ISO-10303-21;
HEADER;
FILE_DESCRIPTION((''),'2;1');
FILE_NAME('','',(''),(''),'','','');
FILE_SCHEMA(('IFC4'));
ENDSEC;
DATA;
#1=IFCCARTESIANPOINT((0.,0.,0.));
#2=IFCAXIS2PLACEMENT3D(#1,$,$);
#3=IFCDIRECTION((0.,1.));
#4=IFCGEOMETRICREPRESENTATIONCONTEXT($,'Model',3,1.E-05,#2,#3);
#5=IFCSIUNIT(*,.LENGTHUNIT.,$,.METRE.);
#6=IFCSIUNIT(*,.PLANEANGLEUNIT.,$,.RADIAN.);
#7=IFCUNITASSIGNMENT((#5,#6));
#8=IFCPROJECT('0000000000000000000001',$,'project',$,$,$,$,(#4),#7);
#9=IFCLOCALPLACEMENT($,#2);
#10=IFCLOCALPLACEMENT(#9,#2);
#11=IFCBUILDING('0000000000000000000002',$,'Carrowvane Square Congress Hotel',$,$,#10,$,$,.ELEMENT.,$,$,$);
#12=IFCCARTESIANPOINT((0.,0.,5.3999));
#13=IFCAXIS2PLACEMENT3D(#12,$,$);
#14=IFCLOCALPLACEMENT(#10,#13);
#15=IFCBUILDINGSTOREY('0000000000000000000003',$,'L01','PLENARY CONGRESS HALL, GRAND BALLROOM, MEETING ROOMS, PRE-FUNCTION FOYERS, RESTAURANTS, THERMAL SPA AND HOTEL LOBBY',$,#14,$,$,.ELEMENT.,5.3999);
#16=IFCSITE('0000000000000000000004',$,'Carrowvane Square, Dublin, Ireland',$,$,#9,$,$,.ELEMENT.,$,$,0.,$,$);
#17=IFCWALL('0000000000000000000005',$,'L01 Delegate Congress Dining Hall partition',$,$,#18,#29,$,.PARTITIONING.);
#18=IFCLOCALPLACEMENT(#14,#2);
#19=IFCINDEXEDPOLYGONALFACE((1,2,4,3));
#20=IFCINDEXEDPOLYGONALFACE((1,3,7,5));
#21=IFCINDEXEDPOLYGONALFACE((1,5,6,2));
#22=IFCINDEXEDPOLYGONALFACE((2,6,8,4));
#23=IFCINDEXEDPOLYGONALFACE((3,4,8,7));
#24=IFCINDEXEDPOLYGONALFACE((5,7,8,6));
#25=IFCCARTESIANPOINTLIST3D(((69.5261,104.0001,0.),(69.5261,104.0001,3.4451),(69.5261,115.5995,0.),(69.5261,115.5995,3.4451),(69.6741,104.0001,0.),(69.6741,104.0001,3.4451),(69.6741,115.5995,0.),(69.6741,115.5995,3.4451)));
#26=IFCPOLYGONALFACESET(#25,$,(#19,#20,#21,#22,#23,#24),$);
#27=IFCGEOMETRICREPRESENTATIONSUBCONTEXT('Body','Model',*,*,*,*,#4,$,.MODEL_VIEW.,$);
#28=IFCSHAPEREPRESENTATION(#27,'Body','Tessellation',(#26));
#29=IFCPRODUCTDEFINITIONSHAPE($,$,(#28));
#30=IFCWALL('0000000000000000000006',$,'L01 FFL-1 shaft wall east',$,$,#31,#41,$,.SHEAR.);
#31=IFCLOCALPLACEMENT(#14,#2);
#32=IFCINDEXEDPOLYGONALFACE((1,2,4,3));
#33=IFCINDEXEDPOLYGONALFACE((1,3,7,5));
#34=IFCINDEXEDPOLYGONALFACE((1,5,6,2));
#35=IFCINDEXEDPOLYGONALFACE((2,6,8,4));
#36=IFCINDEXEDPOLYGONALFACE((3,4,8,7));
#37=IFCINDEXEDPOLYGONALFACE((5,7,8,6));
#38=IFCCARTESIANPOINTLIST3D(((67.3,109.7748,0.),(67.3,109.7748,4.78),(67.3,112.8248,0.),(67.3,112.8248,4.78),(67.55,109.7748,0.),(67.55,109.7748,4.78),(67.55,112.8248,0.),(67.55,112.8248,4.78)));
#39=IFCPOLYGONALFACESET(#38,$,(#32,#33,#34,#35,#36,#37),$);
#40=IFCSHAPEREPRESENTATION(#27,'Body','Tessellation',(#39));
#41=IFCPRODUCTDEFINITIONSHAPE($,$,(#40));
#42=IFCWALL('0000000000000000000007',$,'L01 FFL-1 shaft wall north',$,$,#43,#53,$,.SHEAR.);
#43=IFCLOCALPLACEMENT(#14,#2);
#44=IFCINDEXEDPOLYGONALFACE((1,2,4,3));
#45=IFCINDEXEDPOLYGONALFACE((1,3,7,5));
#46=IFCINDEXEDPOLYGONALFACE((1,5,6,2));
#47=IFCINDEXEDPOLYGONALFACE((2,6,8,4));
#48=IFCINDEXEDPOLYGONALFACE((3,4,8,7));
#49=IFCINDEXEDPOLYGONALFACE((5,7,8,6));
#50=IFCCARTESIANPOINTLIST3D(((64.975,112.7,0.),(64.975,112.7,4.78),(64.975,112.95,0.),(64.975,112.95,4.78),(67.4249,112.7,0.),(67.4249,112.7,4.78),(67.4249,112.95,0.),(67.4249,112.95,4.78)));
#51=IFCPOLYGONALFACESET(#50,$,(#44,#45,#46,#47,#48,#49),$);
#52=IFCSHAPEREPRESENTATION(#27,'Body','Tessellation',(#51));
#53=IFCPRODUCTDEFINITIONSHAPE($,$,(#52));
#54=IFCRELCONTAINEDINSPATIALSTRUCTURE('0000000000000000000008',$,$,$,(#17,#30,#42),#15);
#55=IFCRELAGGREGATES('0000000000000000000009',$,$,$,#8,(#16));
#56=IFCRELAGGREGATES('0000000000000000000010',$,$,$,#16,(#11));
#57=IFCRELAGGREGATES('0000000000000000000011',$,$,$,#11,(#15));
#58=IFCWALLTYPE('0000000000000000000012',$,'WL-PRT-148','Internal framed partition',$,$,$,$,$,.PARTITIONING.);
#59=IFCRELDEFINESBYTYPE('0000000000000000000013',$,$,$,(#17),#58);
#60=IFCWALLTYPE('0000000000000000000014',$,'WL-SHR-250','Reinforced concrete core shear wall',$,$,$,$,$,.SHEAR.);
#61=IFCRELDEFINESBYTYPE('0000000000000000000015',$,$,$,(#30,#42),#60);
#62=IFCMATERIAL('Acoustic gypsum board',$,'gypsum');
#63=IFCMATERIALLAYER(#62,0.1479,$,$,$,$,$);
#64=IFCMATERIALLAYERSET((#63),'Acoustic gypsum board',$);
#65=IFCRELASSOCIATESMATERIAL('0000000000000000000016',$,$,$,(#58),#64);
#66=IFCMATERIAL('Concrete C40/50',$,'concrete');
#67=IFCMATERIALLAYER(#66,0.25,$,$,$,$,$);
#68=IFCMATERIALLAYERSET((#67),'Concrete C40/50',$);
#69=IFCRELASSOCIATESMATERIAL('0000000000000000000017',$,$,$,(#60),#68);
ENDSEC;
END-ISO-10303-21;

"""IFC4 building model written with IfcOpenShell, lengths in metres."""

from ifc_helpers import new_model, si_unit, direction, frame, frame_2d, origin, place, context, subcontext, project, spatial, rectangle, extrude, material, layer, layer_set, type_object, element, save


model = new_model("IFC4")

# Units and contexts
model_context = context("Model", 3, precision=1e-05, world=origin(), true_north=direction((0.0, 1.0)))
body_context = subcontext(model_context, "Body", "Model", "MODEL_VIEW")
ifc_project = project(units=[si_unit("LENGTHUNIT", "METRE"), si_unit("PLANEANGLEUNIT", "RADIAN")], contexts=[model_context])

# Site, building, storey
site_placement = place(None, origin())
site = spatial("IfcSite", under=ifc_project, at=site_placement, Name="Carrowvane Square, Dublin, Ireland", CompositionType="ELEMENT", RefElevation=0.0)
building_placement = place(site_placement, origin())
building = spatial("IfcBuilding", under=site, at=building_placement, Name="Carrowvane Square Congress Hotel", CompositionType="ELEMENT")
storey_placement = place(building_placement, frame((0.0, 0.0, 5.3999)))
storey = spatial("IfcBuildingStorey", under=building, at=storey_placement, Name="L01", Description="PLENARY CONGRESS HALL, GRAND BALLROOM, MEETING ROOMS, PRE-FUNCTION FOYERS, RESTAURANTS, THERMAL SPA AND HOTEL LOBBY", CompositionType="ELEMENT", Elevation=5.3999)

# Walls
ifc_material_1 = material(Name="Acoustic gypsum board", Category="gypsum")
ifc_layer_1 = layer(ifc_material_1, 0.1479)
ifc_layer_set_1 = layer_set([ifc_layer_1], Name="Acoustic gypsum board")
wall_type_1 = type_object("IfcWallType", Name="WL-PRT-148", Description="Internal framed partition", PredefinedType="PARTITIONING", material=ifc_layer_set_1)
wall_1_placement = place(storey_placement, frame((69.6001, 104.0, 0.0), z_axis=(0.0, 0.0, 1.0), x_axis=(0.0, 1.0, 0.0)))
element("IfcWall", 1, at=wall_1_placement, inside=storey, type_object=wall_type_1, Name="L01 Delegate Congress Dining Hall partition", PredefinedType="PARTITIONING", context=body_context, shape_type="SweptSolid", body=[
    extrude(rectangle(XDim=11.5994, YDim=0.1479, at=frame_2d((5.7998, 0.0))), origin(), (0.0, 0.0, 1.0), 3.4451),
])
ifc_material_2 = material(Name="Concrete C40/50", Category="concrete")
ifc_layer_2 = layer(ifc_material_2, 0.25)
ifc_layer_set_2 = layer_set([ifc_layer_2], Name="Concrete C40/50")
wall_type_2 = type_object("IfcWallType", Name="WL-SHR-250", Description="Reinforced concrete core shear wall", PredefinedType="SHEAR", material=ifc_layer_set_2)
wall_2_placement = place(storey_placement, frame((67.425, 109.7749, 0.0), z_axis=(0.0, 0.0, 1.0), x_axis=(0.0, 1.0, 0.0)))
element("IfcWall", 2, at=wall_2_placement, inside=storey, type_object=wall_type_2, Name="L01 FFL-1 shaft wall east", PredefinedType="SHEAR", context=body_context, shape_type="SweptSolid", body=[
    extrude(rectangle(XDim=3.05, YDim=0.25, at=frame_2d((1.5249, 0.0))), origin(), (0.0, 0.0, 1.0), 4.78),
])
wall_3_placement = place(storey_placement, frame((67.425, 112.825, 0.0), z_axis=(0.0, 0.0, 1.0), x_axis=(-1.0, 0.0, 0.0)))
element("IfcWall", 3, at=wall_3_placement, inside=storey, type_object=wall_type_2, Name="L01 FFL-1 shaft wall north", PredefinedType="SHEAR", context=body_context, shape_type="SweptSolid", body=[
    extrude(rectangle(XDim=2.45, YDim=0.25, at=frame_2d((1.2251, 0.0))), origin(), (0.0, 0.0, 1.0), 4.78),
])

save(model, "model.ifc")
